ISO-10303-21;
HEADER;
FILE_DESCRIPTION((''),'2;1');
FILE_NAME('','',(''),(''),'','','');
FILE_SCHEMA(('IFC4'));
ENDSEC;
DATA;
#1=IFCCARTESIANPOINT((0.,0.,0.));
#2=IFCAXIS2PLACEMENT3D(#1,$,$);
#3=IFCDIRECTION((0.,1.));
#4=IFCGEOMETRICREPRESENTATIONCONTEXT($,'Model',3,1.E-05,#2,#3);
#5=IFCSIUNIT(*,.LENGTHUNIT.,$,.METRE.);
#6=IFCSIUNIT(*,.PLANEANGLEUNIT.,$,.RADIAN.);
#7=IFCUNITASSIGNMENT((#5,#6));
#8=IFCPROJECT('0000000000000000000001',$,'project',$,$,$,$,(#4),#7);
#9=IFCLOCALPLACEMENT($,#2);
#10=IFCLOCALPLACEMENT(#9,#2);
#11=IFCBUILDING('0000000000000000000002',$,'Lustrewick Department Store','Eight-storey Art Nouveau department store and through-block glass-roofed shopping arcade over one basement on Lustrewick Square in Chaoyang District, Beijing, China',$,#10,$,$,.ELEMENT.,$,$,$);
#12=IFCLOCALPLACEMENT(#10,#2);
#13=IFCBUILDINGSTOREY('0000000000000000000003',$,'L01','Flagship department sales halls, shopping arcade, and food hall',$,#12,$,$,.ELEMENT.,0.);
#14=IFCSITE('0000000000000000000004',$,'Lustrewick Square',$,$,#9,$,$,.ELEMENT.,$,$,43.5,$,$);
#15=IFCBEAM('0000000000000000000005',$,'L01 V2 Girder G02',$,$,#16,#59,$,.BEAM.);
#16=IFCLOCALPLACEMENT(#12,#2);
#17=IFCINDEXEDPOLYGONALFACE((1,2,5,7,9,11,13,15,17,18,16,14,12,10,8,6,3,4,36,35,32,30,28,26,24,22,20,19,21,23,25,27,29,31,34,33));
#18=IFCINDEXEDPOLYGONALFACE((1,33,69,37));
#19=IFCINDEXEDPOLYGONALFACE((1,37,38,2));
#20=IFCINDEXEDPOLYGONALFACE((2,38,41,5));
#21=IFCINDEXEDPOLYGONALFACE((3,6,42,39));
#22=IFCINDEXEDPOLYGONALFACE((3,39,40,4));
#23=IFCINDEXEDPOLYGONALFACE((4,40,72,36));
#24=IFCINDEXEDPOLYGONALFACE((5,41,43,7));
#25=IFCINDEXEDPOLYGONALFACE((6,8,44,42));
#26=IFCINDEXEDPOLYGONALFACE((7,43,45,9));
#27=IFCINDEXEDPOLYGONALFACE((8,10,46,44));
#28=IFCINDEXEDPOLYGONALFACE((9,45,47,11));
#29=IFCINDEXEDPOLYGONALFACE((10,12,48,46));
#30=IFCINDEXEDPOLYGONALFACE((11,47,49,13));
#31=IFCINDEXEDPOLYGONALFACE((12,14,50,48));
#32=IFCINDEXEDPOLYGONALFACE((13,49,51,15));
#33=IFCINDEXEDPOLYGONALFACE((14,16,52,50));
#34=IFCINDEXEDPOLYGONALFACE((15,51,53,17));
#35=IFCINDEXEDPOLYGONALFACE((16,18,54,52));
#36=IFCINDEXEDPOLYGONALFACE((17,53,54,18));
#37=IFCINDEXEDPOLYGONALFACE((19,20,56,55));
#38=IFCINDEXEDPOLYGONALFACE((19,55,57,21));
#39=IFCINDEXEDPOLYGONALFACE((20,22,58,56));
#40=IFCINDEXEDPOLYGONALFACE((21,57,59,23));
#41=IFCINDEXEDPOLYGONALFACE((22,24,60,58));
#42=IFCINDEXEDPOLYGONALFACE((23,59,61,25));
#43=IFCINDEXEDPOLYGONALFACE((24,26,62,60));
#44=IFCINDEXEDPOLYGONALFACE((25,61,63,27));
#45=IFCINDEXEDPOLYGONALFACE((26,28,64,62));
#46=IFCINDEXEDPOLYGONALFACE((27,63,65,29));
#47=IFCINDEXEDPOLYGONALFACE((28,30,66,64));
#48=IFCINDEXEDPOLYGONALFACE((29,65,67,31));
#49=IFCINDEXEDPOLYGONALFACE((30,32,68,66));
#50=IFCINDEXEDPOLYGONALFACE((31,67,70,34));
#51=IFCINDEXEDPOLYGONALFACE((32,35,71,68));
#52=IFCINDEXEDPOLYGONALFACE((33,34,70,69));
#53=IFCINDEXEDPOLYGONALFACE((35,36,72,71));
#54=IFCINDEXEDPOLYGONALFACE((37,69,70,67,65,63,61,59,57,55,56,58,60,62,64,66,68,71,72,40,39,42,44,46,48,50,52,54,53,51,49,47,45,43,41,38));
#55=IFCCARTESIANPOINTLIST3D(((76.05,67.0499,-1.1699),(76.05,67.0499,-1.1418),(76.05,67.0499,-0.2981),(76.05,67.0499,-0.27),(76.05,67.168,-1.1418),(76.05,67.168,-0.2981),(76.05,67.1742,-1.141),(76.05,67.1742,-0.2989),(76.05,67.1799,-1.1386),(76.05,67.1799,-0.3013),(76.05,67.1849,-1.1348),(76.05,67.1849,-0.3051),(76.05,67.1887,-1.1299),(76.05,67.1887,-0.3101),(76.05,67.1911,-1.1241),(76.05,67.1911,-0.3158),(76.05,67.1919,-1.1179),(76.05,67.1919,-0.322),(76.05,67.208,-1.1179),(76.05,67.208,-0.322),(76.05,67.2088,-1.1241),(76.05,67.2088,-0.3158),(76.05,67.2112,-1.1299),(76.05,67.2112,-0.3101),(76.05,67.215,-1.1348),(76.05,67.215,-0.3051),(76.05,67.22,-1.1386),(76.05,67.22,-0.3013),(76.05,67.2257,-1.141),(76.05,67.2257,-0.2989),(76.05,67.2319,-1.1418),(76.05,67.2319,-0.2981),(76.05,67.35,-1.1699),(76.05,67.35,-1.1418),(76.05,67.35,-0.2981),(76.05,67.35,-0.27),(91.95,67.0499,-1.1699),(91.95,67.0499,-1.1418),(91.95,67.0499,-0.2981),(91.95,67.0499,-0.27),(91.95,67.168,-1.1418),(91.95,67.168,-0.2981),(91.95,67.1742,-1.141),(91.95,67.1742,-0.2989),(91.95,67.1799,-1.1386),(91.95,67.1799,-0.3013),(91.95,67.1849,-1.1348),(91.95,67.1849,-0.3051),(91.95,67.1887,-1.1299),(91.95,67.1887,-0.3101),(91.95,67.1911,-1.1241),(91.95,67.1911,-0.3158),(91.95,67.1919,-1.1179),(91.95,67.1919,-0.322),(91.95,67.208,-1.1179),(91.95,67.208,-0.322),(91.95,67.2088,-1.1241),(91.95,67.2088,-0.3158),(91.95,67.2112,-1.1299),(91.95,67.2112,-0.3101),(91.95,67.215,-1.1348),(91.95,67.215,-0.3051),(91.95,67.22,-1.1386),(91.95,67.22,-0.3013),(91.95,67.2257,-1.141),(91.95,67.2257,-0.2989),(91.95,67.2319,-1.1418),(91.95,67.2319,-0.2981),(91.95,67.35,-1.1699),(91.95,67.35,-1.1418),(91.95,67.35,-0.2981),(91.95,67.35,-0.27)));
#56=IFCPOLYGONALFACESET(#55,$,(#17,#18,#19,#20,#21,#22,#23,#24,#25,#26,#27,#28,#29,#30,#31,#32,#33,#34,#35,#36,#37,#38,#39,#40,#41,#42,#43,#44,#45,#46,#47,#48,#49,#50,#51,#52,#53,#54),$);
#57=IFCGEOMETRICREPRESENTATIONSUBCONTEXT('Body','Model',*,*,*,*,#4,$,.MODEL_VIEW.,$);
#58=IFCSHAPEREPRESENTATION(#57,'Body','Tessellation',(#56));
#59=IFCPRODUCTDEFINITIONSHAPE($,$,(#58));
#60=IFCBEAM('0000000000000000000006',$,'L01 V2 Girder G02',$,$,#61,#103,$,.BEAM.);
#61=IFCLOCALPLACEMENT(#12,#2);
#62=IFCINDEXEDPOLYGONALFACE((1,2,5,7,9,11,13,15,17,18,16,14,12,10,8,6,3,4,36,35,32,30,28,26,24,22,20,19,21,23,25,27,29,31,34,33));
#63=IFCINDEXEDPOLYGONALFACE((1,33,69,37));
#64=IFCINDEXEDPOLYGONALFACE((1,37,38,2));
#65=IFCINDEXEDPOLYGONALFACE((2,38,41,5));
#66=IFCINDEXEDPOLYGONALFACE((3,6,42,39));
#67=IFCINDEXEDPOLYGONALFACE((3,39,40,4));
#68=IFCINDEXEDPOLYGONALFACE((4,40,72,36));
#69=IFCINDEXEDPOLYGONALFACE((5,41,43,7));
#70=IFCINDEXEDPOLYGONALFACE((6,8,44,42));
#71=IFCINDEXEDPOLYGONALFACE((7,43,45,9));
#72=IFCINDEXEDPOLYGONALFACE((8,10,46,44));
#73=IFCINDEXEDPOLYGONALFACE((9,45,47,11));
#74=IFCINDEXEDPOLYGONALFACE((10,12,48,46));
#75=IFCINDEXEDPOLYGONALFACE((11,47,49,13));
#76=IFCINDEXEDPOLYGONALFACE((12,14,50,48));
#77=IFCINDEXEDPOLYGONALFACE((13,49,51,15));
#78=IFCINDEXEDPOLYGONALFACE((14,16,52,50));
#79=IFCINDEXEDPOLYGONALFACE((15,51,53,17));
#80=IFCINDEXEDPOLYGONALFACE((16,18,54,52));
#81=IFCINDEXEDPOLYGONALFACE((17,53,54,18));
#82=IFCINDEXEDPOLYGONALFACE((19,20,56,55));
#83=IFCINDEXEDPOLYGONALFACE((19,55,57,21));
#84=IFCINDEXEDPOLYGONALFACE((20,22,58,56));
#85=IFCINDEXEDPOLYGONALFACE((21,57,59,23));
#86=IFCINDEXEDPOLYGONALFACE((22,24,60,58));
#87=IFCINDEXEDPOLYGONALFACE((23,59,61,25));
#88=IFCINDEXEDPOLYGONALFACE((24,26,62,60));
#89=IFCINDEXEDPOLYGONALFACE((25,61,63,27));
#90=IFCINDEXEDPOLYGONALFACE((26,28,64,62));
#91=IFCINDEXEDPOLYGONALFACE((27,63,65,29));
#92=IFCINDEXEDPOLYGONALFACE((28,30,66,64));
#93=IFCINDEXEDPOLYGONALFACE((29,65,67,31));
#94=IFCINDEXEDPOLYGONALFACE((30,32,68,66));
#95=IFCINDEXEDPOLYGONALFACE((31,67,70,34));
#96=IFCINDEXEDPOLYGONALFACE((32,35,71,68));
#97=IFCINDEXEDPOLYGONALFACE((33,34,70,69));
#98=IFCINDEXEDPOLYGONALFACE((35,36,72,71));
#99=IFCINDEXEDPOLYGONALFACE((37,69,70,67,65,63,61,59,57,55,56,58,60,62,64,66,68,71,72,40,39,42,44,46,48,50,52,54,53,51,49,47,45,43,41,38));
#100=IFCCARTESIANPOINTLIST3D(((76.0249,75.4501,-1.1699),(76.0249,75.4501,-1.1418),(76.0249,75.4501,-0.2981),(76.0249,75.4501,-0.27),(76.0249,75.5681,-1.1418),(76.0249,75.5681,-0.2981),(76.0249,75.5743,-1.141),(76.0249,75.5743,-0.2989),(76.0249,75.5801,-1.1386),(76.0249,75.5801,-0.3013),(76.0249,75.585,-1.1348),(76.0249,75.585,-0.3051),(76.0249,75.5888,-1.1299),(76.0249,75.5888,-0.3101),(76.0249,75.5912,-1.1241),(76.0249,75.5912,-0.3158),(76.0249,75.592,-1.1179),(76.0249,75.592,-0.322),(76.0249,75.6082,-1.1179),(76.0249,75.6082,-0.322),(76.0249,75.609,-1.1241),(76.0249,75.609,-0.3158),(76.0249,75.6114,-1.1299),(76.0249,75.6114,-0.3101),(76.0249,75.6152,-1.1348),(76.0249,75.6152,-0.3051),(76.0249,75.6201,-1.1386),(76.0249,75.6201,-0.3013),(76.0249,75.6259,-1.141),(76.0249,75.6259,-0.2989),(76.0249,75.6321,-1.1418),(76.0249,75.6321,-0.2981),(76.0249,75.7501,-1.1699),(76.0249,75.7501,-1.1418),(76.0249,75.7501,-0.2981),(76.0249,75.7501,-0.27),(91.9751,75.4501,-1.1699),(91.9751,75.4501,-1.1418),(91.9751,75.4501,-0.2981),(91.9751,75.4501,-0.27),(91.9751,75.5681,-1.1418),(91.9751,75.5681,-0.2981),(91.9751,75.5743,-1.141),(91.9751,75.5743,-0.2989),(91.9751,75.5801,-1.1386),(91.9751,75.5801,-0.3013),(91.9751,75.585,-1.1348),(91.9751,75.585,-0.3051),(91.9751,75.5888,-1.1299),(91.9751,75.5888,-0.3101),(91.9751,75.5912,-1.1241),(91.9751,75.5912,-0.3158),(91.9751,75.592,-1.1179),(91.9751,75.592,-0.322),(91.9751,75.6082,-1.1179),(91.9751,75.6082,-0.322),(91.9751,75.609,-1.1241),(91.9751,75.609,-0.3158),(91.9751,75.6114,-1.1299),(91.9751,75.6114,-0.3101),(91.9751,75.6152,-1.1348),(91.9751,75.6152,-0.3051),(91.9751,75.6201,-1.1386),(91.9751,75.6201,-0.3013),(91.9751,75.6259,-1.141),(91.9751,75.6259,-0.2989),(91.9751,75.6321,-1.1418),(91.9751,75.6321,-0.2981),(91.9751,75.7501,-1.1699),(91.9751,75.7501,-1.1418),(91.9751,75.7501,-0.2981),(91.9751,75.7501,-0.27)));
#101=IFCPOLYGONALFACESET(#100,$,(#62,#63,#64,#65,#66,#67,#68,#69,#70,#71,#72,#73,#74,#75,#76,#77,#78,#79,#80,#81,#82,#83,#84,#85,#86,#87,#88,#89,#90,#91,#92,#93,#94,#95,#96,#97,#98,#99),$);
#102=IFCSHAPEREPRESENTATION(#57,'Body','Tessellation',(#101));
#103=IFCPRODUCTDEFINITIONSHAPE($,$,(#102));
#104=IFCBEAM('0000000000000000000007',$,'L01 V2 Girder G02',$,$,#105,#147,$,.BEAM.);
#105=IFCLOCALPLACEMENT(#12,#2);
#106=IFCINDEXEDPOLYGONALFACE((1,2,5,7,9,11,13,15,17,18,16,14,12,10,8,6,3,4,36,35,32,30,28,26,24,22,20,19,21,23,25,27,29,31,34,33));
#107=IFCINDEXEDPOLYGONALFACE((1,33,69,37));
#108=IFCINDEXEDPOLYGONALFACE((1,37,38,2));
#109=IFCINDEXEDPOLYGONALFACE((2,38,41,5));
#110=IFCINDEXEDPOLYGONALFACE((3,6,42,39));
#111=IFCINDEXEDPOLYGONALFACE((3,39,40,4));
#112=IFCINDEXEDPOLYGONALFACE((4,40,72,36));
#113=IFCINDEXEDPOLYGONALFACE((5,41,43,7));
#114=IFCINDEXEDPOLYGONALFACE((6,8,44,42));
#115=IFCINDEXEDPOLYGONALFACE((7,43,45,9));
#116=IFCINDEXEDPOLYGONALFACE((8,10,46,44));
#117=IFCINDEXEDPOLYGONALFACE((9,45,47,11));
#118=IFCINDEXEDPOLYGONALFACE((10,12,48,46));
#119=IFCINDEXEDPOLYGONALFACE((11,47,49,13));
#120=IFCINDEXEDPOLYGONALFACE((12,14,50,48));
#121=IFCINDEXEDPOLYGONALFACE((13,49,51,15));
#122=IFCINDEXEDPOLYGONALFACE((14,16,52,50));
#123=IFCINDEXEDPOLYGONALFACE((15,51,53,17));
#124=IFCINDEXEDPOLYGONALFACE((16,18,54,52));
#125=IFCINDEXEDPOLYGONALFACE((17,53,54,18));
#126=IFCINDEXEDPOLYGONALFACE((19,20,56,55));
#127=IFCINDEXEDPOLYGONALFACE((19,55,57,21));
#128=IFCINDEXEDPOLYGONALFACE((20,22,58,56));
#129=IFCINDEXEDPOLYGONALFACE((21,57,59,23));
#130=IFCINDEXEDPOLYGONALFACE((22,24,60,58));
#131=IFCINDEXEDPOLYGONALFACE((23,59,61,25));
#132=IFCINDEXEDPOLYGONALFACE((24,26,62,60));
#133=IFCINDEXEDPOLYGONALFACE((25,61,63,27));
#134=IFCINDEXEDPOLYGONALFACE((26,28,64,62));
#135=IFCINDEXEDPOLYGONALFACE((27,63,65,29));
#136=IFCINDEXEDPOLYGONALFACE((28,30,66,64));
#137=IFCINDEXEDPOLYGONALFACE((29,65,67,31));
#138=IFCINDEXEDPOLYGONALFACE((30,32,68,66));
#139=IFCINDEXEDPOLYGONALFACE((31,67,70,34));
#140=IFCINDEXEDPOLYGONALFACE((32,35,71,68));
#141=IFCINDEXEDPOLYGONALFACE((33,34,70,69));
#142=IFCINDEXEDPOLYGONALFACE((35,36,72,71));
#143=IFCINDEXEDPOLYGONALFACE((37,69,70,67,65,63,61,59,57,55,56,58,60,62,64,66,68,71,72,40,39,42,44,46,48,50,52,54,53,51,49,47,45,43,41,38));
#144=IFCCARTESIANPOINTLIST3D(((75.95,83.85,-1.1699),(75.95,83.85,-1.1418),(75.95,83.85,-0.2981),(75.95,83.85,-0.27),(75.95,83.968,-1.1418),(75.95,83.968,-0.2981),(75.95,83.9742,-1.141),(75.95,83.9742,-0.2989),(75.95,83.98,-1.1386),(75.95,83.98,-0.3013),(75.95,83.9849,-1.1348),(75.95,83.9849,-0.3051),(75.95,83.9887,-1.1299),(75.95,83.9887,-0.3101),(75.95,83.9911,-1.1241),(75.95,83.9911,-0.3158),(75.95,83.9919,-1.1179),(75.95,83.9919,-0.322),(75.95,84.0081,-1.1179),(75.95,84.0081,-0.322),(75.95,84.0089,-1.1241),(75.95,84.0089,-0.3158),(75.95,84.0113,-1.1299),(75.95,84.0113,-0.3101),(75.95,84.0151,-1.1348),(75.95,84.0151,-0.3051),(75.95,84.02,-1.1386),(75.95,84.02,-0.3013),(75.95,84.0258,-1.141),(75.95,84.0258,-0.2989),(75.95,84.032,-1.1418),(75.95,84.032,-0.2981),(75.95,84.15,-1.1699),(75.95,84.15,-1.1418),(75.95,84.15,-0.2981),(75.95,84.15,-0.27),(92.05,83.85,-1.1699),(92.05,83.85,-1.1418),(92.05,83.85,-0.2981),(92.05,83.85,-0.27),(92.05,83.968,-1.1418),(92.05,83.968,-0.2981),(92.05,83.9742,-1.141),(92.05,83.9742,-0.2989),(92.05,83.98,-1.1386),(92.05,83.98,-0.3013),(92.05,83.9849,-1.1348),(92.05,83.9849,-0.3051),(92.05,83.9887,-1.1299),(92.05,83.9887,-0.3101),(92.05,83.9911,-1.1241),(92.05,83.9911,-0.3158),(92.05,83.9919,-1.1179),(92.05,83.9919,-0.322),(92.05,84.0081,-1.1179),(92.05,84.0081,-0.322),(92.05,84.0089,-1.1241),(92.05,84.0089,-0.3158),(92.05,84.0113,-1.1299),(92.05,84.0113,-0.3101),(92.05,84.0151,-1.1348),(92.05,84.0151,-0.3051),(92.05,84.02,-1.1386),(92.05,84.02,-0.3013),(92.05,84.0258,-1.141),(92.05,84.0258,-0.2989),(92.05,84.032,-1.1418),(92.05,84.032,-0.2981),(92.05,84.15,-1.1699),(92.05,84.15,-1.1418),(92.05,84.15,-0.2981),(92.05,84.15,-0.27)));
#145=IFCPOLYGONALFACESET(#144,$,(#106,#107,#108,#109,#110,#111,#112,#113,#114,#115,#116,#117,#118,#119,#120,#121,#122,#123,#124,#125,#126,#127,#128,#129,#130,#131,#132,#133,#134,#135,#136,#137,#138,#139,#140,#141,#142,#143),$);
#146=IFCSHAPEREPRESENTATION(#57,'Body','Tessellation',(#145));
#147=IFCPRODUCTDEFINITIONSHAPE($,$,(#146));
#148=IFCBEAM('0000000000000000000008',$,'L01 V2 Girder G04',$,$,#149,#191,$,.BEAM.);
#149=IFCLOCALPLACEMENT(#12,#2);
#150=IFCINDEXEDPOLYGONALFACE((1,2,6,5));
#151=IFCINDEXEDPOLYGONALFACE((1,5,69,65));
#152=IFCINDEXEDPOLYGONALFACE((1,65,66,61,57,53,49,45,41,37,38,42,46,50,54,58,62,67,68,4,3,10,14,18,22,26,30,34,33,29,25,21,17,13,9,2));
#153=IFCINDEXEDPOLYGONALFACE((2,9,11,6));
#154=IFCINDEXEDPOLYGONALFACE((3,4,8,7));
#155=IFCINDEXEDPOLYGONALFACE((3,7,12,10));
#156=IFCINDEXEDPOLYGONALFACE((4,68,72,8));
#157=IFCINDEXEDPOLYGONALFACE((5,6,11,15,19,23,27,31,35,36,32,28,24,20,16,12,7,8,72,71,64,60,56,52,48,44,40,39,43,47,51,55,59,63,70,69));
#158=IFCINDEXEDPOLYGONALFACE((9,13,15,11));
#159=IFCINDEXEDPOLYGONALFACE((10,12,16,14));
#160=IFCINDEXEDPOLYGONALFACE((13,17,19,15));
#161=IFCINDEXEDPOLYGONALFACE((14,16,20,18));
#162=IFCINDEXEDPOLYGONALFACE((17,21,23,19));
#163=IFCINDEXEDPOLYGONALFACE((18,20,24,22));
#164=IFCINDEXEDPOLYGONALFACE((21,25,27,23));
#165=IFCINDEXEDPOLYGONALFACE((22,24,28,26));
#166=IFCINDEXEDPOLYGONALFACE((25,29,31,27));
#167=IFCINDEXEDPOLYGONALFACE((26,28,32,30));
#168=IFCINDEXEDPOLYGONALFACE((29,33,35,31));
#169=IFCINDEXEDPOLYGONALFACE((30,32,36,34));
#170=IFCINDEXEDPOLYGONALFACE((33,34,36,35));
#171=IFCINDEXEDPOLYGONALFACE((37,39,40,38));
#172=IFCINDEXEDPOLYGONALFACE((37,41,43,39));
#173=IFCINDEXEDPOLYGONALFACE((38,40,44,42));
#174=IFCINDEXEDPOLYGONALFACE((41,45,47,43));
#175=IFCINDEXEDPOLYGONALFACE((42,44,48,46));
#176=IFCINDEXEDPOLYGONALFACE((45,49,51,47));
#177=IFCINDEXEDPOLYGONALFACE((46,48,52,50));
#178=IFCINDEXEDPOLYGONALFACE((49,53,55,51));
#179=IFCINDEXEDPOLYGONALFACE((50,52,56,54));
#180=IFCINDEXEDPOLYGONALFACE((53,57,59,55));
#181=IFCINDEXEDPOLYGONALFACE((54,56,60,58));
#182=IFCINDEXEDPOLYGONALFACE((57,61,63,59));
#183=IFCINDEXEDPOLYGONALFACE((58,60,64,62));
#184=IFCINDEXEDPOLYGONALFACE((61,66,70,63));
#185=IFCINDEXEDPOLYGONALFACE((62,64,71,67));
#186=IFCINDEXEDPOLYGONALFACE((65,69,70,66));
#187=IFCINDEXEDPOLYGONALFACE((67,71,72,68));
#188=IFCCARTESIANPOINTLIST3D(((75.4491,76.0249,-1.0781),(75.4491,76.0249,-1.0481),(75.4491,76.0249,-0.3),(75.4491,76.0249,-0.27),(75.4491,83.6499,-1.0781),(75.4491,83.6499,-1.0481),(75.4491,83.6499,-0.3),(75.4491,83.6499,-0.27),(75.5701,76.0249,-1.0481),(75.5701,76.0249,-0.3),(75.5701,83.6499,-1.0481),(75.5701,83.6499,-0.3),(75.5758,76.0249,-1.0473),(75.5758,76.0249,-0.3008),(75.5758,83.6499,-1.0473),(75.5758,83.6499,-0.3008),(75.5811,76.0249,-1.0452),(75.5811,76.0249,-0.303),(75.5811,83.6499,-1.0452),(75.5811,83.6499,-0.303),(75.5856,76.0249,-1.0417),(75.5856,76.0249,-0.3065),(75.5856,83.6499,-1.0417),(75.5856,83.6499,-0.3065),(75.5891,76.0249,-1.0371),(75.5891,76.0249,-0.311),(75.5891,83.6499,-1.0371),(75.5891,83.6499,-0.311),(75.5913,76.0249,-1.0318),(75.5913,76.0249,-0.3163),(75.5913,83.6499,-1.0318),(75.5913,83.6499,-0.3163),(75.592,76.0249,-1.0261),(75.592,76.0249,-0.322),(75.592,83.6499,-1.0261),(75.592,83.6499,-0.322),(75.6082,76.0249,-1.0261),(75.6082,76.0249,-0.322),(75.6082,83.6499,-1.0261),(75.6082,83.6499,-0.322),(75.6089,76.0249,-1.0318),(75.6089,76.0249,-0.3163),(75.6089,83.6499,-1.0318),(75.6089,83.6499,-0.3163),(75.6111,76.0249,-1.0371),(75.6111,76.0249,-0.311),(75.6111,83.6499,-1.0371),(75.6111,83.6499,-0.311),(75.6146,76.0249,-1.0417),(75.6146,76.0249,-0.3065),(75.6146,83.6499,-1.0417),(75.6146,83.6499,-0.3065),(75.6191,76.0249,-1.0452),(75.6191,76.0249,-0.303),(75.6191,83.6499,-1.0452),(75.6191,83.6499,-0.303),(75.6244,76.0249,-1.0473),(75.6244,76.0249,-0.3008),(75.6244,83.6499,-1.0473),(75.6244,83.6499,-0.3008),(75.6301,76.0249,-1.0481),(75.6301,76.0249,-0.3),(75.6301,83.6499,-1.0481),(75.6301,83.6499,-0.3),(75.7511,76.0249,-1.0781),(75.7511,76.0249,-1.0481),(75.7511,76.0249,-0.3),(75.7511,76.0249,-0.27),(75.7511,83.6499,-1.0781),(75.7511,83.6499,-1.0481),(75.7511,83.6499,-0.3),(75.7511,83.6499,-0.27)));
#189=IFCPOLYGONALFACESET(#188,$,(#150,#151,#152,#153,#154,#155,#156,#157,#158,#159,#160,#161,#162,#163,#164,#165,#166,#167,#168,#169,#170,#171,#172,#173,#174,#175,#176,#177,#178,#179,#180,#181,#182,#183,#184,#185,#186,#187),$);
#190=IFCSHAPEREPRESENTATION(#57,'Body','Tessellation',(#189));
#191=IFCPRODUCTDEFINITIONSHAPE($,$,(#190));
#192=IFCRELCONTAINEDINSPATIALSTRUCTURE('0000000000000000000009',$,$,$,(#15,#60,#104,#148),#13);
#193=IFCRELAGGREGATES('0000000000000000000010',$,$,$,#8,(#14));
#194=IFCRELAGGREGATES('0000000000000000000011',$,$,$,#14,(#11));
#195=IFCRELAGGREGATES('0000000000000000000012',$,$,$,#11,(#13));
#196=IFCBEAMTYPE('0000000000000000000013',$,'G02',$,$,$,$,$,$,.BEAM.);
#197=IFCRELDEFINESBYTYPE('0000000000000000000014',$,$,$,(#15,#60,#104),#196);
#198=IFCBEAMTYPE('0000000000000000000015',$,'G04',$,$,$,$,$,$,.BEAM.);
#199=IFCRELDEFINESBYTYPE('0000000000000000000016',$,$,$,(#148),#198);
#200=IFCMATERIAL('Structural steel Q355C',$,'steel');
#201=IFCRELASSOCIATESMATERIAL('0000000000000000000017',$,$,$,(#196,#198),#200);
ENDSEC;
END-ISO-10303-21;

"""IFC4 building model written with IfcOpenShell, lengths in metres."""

from ifc_helpers import new_model, si_unit, direction, frame, origin, origin_2d, place, context, subcontext, project, spatial, i_section, extrude, material, material_profile, profile_set, type_object, element, save


model = new_model("IFC4")

# Units and contexts
model_context = context("Model", 3, precision=1e-05, world=origin(), true_north=direction((0.0, 1.0)))
body_context = subcontext(model_context, "Body", "Model", "MODEL_VIEW")
ifc_project = project(units=[si_unit("LENGTHUNIT", "METRE"), si_unit("PLANEANGLEUNIT", "RADIAN")], contexts=[model_context])

# Site, building, storey
site_placement = place(None, origin())
site = spatial("IfcSite", under=ifc_project, at=site_placement, Name="Lustrewick Square", CompositionType="ELEMENT", RefElevation=43.5)
building_placement = place(site_placement, origin())
building = spatial("IfcBuilding", under=site, at=building_placement, Name="Lustrewick Department Store", Description="Eight-storey Art Nouveau department store and through-block glass-roofed shopping arcade over one basement on Lustrewick Square in Chaoyang District, Beijing, China", CompositionType="ELEMENT")
storey_placement = place(building_placement, origin())
storey = spatial("IfcBuildingStorey", under=building, at=storey_placement, Name="L01", Description="Flagship department sales halls, shopping arcade, and food hall", CompositionType="ELEMENT", Elevation=0.0)

# Shared definitions
ifc_material_1 = material(Name="Structural steel Q355C", Category="steel")

# Beams
ifc_material_profile_1 = material_profile(ifc_material_1, i_section(OverallWidth=0.3, OverallDepth=0.8999, WebThickness=0.0161, FlangeThickness=0.0281, FilletRadius=0.0239, at=origin_2d()), Name="HN 900x300x16x28")
ifc_profile_set_1 = profile_set([ifc_material_profile_1], Name="Structural steel Q355C")
beam_type_1 = type_object("IfcBeamType", Name="G02", PredefinedType="BEAM", material=ifc_profile_set_1)
beam_1_placement = place(storey_placement, frame((76.05, 67.2, -0.72), z_axis=(1.0, 0.0, 0.0), x_axis=(0.0, 1.0, 0.0)))
element("IfcBeam", 1, at=beam_1_placement, inside=storey, type_object=beam_type_1, Name="L01 V2 Girder G02", PredefinedType="BEAM", context=body_context, shape_type="SweptSolid", body=[
    extrude(i_section(OverallWidth=0.3, OverallDepth=0.8999, WebThickness=0.0161, FlangeThickness=0.0281, FilletRadius=0.0239, at=origin_2d()), origin(), (0.0, 0.0, 1.0), 15.8999),
])
beam_2_placement = place(storey_placement, frame((76.0249, 75.6001, -0.72), z_axis=(1.0, 0.0, 0.0), x_axis=(0.0, 1.0, 0.0)))
element("IfcBeam", 2, at=beam_2_placement, inside=storey, type_object=beam_type_1, Name="L01 V2 Girder G02", PredefinedType="BEAM", context=body_context, shape_type="SweptSolid", body=[
    extrude(i_section(OverallWidth=0.3, OverallDepth=0.8999, WebThickness=0.0161, FlangeThickness=0.0281, FilletRadius=0.0239, at=origin_2d()), origin(), (0.0, 0.0, 1.0), 15.9502),
])
beam_3_placement = place(storey_placement, frame((75.95, 84.0, -0.72), z_axis=(1.0, 0.0, 0.0), x_axis=(0.0, 1.0, 0.0)))
element("IfcBeam", 3, at=beam_3_placement, inside=storey, type_object=beam_type_1, Name="L01 V2 Girder G02", PredefinedType="BEAM", context=body_context, shape_type="SweptSolid", body=[
    extrude(i_section(OverallWidth=0.3, OverallDepth=0.8999, WebThickness=0.0161, FlangeThickness=0.0281, FilletRadius=0.0239, at=origin_2d()), origin(), (0.0, 0.0, 1.0), 16.1001),
])
ifc_material_profile_2 = material_profile(ifc_material_1, i_section(OverallWidth=0.302, OverallDepth=0.8081, WebThickness=0.0161, FlangeThickness=0.03, FilletRadius=0.022, at=origin_2d()), Name="HN 808x302x16x30")
ifc_profile_set_2 = profile_set([ifc_material_profile_2], Name="Structural steel Q355C")
beam_type_2 = type_object("IfcBeamType", Name="G04", PredefinedType="BEAM", material=ifc_profile_set_2)
beam_4_placement = place(storey_placement, frame((75.6001, 76.0249, -0.6741), z_axis=(0.0, 1.0, 0.0), x_axis=(-1.0, 0.0, 0.0)))
element("IfcBeam", 4, at=beam_4_placement, inside=storey, type_object=beam_type_2, Name="L01 V2 Girder G04", PredefinedType="BEAM", context=body_context, shape_type="SweptSolid", body=[
    extrude(i_section(OverallWidth=0.302, OverallDepth=0.8081, WebThickness=0.0161, FlangeThickness=0.03, FilletRadius=0.022, at=origin_2d()), origin(), (0.0, 0.0, 1.0), 7.625),
])

save(model, "model.ifc")
